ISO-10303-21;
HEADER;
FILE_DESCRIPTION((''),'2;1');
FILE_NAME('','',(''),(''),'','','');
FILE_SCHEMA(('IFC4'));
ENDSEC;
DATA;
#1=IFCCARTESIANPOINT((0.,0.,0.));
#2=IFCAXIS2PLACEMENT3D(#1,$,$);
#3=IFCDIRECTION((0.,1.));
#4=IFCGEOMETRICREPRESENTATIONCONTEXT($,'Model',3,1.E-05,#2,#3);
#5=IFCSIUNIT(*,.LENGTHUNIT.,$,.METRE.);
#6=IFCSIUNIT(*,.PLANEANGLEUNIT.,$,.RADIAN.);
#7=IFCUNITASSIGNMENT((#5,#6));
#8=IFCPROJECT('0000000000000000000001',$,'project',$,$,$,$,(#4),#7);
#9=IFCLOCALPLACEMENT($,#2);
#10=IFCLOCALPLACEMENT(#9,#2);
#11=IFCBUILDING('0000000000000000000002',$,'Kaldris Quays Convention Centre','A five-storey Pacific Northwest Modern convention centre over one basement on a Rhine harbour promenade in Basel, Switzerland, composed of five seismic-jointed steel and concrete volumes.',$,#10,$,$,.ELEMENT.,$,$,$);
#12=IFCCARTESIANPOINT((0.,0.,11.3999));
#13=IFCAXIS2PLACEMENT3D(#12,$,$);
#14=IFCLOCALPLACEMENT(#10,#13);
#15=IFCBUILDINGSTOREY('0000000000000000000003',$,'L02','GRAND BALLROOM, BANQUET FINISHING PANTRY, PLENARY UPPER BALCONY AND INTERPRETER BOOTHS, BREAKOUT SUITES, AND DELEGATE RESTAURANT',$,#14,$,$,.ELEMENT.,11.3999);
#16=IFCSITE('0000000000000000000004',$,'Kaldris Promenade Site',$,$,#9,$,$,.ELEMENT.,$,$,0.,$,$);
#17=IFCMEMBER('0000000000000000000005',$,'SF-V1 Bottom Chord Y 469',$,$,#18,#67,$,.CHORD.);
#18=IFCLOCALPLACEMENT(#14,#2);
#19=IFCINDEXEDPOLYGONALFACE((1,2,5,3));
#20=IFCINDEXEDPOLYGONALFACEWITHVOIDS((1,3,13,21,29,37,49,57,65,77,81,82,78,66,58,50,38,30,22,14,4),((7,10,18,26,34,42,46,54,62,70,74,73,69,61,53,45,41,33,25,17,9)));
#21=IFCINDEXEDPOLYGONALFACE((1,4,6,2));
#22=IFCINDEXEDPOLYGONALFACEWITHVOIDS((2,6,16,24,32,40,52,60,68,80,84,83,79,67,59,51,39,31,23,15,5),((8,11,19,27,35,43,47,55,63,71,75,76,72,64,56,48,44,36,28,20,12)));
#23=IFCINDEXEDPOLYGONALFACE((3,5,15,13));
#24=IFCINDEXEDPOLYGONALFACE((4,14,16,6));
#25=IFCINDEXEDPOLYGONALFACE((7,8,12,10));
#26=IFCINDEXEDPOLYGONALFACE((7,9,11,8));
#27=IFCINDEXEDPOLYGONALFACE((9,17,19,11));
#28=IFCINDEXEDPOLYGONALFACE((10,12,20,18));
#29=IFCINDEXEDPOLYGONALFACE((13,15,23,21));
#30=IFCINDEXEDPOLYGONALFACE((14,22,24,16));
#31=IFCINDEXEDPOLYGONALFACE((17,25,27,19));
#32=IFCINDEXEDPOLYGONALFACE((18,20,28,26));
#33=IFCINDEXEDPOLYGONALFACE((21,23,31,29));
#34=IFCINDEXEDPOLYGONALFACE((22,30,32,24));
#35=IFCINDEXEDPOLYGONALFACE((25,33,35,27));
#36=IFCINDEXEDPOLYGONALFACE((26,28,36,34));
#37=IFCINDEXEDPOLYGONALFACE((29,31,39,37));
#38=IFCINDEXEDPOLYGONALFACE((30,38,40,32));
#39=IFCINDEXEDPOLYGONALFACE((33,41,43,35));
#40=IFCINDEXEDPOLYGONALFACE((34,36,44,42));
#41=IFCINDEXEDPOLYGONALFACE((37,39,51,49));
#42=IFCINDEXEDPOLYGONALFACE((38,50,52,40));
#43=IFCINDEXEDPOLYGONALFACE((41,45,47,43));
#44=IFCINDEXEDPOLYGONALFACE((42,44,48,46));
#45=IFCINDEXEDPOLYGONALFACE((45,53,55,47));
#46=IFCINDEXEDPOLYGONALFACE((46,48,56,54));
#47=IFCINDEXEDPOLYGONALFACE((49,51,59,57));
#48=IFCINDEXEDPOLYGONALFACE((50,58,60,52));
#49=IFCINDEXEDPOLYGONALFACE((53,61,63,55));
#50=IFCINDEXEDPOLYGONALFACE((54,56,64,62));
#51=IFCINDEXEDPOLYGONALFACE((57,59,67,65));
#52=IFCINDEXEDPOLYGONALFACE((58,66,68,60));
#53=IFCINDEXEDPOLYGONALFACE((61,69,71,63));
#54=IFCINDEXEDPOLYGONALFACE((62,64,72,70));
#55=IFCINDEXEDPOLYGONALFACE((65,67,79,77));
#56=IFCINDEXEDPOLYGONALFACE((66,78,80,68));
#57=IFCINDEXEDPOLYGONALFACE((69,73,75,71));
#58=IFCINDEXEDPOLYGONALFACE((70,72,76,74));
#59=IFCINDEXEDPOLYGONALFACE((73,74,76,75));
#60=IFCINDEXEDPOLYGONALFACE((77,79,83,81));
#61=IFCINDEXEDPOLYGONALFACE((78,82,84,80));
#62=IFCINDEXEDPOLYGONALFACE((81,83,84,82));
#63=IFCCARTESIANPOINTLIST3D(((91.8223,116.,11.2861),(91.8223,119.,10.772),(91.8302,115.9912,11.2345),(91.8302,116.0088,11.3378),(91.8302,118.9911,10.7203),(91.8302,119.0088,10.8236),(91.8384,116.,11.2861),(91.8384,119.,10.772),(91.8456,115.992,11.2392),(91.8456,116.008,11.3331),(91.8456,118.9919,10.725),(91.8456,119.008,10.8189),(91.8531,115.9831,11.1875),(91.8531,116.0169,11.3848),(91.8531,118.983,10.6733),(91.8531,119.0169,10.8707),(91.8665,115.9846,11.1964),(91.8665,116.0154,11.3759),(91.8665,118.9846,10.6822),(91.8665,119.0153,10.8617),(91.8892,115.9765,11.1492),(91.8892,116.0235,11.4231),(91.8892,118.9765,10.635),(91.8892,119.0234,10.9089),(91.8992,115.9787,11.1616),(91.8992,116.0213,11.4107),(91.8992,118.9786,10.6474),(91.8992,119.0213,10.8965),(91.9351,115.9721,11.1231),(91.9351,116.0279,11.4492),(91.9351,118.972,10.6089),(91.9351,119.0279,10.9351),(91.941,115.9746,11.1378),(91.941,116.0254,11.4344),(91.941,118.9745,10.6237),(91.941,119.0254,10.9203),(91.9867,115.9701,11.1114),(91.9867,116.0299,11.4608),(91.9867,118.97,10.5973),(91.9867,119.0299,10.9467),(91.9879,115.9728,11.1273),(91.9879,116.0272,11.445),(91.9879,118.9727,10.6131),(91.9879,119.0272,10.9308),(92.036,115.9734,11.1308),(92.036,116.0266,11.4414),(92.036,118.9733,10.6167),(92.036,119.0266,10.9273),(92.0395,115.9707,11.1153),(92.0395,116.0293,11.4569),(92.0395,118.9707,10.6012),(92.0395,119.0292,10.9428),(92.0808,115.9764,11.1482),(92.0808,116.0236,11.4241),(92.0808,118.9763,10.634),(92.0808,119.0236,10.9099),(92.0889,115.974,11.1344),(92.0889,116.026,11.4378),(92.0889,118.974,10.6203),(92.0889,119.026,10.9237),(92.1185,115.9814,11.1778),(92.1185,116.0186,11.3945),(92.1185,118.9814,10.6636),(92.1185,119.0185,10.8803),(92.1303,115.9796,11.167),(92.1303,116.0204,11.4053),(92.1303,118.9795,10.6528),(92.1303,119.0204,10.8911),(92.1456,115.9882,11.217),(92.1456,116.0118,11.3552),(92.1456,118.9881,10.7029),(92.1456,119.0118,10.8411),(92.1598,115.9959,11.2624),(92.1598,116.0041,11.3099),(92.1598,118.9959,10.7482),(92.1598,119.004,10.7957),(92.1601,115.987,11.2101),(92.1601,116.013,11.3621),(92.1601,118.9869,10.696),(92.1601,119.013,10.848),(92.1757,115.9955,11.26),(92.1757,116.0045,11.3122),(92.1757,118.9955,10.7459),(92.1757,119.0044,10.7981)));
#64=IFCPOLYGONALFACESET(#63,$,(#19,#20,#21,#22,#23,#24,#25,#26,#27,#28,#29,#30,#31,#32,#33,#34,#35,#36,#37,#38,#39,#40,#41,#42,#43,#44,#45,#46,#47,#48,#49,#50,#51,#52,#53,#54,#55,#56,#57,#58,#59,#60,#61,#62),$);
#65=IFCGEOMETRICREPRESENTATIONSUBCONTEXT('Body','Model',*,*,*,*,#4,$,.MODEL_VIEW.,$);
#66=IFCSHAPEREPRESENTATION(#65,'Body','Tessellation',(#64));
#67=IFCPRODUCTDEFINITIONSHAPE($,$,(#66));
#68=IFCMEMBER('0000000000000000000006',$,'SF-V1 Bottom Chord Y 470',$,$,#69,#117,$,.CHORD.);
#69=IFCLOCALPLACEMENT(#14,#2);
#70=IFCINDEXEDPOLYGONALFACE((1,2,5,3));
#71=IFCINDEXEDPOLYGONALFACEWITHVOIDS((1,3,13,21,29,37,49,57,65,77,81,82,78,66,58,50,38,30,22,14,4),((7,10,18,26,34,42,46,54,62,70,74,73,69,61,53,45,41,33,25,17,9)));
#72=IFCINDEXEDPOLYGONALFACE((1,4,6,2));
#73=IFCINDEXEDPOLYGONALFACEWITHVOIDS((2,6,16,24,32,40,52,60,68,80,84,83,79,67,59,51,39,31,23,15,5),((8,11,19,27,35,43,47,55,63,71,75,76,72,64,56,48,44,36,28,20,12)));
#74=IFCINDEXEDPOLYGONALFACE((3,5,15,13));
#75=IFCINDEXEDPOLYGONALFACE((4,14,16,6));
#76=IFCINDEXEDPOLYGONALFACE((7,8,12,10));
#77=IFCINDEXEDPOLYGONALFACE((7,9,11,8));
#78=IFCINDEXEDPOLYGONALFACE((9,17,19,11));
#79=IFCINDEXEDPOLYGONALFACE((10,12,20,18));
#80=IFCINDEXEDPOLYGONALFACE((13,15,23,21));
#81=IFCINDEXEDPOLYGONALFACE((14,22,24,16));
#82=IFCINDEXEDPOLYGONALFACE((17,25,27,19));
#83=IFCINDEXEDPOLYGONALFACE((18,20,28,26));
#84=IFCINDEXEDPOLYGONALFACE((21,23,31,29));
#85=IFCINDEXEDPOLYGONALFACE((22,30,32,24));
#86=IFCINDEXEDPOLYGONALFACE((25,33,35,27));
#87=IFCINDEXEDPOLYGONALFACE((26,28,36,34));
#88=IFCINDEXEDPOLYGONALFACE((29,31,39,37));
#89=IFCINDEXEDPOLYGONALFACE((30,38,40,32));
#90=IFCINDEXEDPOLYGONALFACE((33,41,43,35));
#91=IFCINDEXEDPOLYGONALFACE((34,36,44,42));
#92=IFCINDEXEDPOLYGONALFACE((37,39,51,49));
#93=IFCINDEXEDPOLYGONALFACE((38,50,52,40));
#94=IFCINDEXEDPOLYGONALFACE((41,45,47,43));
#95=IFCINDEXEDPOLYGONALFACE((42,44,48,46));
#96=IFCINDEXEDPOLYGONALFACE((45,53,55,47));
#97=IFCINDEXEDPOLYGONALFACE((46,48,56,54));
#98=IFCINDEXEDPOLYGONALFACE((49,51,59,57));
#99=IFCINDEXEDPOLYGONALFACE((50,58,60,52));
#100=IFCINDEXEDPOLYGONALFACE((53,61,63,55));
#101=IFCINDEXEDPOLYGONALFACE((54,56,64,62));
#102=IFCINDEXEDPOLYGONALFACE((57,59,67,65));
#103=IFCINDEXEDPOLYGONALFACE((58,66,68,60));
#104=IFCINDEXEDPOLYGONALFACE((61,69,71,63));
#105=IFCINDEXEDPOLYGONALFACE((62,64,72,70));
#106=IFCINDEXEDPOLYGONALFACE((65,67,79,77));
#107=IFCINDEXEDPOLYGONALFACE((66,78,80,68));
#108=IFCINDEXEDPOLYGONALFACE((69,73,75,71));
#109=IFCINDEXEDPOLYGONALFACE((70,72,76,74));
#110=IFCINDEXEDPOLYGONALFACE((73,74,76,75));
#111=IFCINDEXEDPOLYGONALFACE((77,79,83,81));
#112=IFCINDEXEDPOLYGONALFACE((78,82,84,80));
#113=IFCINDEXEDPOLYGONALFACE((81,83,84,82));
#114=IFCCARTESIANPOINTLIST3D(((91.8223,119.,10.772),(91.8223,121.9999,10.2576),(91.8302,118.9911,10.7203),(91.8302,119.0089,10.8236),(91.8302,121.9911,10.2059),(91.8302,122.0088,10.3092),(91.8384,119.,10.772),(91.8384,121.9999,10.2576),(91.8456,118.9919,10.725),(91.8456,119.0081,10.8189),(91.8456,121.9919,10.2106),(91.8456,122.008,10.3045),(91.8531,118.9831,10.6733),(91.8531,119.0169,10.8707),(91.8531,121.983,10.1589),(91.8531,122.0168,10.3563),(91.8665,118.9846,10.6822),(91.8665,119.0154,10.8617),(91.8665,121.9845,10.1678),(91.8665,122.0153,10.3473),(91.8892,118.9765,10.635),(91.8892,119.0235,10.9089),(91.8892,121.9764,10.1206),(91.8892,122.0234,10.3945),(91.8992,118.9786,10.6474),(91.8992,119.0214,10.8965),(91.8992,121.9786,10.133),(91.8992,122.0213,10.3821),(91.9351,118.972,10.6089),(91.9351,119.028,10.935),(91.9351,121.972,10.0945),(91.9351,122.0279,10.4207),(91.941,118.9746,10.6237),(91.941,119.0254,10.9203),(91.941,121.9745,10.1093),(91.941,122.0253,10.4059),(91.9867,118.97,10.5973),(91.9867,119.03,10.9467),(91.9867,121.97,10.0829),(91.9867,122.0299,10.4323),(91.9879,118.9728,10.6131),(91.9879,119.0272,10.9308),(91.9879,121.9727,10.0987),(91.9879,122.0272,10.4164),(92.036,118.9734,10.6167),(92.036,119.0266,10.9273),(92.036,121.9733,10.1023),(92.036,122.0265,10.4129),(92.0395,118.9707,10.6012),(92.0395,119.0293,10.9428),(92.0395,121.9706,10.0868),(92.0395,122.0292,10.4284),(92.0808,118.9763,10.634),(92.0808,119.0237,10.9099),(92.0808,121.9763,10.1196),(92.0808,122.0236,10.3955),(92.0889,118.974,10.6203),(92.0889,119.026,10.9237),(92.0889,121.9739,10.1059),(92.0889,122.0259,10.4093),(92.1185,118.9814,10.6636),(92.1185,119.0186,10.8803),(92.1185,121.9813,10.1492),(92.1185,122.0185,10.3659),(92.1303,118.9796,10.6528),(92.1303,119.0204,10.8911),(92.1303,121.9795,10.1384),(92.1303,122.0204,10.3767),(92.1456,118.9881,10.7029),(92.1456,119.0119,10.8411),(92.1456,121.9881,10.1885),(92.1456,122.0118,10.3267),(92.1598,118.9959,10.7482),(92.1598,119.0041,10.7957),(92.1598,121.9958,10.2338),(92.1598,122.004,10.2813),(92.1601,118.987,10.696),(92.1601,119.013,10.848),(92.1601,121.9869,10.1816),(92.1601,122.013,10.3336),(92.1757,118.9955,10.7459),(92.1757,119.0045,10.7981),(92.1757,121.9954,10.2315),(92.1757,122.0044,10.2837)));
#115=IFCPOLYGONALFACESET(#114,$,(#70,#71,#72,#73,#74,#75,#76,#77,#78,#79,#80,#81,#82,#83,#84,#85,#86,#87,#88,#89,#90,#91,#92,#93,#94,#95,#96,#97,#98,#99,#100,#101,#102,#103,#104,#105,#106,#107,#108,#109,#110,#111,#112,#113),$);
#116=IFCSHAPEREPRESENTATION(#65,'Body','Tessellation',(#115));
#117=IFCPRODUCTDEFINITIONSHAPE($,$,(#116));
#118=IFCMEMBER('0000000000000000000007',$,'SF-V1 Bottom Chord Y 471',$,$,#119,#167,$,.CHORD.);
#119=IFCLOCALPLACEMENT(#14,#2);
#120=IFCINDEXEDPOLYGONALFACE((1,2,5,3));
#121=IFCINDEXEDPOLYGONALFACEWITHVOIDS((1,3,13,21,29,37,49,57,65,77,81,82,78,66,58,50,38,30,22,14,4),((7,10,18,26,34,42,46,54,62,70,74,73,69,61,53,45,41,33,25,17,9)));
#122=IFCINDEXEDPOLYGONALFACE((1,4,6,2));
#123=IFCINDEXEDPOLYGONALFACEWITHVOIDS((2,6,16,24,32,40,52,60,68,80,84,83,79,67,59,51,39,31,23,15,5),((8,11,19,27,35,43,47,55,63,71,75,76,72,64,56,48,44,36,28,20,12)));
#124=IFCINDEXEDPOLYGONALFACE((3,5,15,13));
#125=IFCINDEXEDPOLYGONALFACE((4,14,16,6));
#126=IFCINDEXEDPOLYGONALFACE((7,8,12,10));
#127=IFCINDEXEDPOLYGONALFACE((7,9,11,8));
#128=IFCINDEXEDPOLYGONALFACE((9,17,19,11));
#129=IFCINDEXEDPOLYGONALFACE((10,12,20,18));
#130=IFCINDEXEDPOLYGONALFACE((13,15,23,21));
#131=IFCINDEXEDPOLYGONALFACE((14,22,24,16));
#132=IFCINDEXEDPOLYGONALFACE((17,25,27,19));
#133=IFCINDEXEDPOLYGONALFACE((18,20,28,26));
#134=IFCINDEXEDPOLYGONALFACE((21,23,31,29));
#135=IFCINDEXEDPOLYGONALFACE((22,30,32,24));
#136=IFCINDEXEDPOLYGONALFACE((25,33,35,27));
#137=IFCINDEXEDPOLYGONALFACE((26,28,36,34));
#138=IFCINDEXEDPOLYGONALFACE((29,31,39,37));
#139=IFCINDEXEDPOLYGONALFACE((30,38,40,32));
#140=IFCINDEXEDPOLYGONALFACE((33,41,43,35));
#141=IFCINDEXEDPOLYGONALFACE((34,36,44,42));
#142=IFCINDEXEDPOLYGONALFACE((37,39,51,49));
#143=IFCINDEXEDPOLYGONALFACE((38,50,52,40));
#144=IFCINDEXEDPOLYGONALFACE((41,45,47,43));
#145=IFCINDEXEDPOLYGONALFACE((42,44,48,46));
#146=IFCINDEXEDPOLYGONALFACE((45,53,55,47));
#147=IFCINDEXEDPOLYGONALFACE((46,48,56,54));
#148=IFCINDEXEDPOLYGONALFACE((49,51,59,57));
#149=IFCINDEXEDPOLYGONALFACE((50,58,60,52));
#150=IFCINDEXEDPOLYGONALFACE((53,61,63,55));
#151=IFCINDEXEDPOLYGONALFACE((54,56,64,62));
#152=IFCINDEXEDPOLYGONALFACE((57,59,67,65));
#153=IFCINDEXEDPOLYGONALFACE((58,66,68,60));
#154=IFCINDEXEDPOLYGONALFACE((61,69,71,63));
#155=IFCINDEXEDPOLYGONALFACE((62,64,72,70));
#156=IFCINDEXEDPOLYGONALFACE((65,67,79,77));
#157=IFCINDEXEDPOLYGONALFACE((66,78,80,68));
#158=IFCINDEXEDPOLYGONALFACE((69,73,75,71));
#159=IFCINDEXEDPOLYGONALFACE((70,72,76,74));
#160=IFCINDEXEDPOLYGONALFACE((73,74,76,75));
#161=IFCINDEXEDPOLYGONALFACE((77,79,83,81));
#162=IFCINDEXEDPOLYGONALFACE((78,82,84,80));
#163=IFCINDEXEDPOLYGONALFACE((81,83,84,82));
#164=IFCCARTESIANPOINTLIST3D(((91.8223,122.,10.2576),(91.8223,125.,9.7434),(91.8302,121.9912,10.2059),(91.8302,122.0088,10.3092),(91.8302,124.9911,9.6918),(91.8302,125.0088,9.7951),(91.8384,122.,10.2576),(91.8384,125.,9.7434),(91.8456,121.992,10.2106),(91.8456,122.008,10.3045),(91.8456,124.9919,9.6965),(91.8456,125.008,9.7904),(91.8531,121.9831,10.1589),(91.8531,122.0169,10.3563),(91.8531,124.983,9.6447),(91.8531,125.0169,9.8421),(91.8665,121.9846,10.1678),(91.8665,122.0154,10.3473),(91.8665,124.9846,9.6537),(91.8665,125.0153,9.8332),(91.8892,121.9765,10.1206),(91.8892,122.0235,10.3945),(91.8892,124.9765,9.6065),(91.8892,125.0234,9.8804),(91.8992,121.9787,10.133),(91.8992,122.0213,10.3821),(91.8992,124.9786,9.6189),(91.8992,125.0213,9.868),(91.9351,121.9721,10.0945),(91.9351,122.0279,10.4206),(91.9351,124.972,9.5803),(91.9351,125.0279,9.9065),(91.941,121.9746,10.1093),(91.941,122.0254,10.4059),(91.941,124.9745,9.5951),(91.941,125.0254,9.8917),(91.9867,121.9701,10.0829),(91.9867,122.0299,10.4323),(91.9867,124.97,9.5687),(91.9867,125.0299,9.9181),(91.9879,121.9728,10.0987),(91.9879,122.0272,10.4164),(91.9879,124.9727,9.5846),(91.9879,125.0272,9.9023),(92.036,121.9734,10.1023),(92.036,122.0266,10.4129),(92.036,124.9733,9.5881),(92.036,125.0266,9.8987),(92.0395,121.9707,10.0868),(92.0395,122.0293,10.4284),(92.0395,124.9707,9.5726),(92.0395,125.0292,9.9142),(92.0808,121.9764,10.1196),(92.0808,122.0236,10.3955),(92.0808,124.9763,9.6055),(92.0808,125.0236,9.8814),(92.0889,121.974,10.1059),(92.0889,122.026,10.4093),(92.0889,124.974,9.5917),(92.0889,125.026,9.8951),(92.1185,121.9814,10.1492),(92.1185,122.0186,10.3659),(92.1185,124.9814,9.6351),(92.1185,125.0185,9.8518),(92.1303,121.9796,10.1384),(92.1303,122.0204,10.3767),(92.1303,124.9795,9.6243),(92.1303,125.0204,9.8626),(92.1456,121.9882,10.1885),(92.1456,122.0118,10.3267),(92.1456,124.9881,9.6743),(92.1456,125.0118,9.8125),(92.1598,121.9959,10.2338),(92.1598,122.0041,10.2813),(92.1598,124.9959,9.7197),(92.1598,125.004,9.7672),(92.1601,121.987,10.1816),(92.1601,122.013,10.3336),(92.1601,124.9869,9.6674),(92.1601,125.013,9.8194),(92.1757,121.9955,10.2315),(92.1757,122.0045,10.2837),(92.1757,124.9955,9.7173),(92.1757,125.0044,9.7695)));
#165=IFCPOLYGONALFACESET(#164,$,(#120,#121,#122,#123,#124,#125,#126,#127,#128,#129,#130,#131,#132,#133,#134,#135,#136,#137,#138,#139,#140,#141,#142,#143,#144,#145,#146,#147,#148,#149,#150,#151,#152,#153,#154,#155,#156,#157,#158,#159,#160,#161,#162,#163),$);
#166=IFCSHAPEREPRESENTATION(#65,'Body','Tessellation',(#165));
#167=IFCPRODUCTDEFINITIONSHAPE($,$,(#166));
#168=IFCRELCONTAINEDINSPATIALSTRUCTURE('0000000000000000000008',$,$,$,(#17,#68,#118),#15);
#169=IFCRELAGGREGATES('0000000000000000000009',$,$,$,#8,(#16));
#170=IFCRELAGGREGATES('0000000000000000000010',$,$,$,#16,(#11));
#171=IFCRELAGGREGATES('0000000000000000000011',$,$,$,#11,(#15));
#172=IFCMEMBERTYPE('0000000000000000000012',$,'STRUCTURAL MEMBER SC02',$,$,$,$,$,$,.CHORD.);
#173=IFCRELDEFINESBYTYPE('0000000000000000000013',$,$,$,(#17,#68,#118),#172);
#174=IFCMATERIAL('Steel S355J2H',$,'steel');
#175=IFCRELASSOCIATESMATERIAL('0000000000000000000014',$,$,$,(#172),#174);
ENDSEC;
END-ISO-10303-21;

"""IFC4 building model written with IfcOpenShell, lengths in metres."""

from ifc_helpers import new_model, si_unit, direction, frame, origin, origin_2d, place, context, subcontext, project, spatial, hollow_circle, extrude, material, material_profile, profile_set, type_object, element, save


model = new_model("IFC4")

# Units and contexts
model_context = context("Model", 3, precision=1e-05, world=origin(), true_north=direction((0.0, 1.0)))
body_context = subcontext(model_context, "Body", "Model", "MODEL_VIEW")
ifc_project = project(units=[si_unit("LENGTHUNIT", "METRE"), si_unit("PLANEANGLEUNIT", "RADIAN")], contexts=[model_context])

# Site, building, storey
site_placement = place(None, origin())
site = spatial("IfcSite", under=ifc_project, at=site_placement, Name="Kaldris Promenade Site", CompositionType="ELEMENT", RefElevation=0.0)
building_placement = place(site_placement, origin())
building = spatial("IfcBuilding", under=site, at=building_placement, Name="Kaldris Quays Convention Centre", Description="A five-storey Pacific Northwest Modern convention centre over one basement on a Rhine harbour promenade in Basel, Switzerland, composed of five seismic-jointed steel and concrete volumes.", CompositionType="ELEMENT")
storey_placement = place(building_placement, frame((0.0, 0.0, 11.3999)))
storey = spatial("IfcBuildingStorey", under=building, at=storey_placement, Name="L02", Description="GRAND BALLROOM, BANQUET FINISHING PANTRY, PLENARY UPPER BALCONY AND INTERPRETER BOOTHS, BREAKOUT SUITES, AND DELEGATE RESTAURANT", CompositionType="ELEMENT", Elevation=11.3999)

# Members
ifc_material_1 = material(Name="Steel S355J2H", Category="steel")
ifc_material_profile_1 = material_profile(ifc_material_1, hollow_circle(Radius=0.1777, WallThickness=0.0161, at=origin_2d()), Name="CHS 355.6x16")
ifc_profile_set_1 = profile_set([ifc_material_profile_1], Name="Steel S355J2H")
member_type_1 = type_object("IfcMemberType", Name="STRUCTURAL MEMBER SC02", PredefinedType="CHORD", material=ifc_profile_set_1)
for number, where, z_axis, x_axis, name in (
    (1, (92.0, 116.0, 11.2861), (0.0, 0.985629, -0.168924), (-1.0, 0.0, 0.0), "SF-V1 Bottom Chord Y 469"),
    (2, (92.0, 119.0, 10.772), (0.0, 0.985616, -0.169002), (-1.0, 0.0, 0.0), "SF-V1 Bottom Chord Y 470"),
    (3, (92.0, 122.0, 10.2576), (0.0, 0.985629, -0.168924), (-1.0, 0.0, 0.0), "SF-V1 Bottom Chord Y 471"),
):
    element("IfcMember", number, at=place(storey_placement, frame(where, z_axis=z_axis, x_axis=x_axis)), inside=storey, type_object=member_type_1, Name=name, PredefinedType="CHORD", context=body_context, shape_type="SweptSolid", body=[
        extrude(hollow_circle(Radius=0.1777, WallThickness=0.0161, at=origin_2d()), origin(), (0.0, 0.0, 1.0), 3.0437),
    ])

save(model, "model.ifc")
